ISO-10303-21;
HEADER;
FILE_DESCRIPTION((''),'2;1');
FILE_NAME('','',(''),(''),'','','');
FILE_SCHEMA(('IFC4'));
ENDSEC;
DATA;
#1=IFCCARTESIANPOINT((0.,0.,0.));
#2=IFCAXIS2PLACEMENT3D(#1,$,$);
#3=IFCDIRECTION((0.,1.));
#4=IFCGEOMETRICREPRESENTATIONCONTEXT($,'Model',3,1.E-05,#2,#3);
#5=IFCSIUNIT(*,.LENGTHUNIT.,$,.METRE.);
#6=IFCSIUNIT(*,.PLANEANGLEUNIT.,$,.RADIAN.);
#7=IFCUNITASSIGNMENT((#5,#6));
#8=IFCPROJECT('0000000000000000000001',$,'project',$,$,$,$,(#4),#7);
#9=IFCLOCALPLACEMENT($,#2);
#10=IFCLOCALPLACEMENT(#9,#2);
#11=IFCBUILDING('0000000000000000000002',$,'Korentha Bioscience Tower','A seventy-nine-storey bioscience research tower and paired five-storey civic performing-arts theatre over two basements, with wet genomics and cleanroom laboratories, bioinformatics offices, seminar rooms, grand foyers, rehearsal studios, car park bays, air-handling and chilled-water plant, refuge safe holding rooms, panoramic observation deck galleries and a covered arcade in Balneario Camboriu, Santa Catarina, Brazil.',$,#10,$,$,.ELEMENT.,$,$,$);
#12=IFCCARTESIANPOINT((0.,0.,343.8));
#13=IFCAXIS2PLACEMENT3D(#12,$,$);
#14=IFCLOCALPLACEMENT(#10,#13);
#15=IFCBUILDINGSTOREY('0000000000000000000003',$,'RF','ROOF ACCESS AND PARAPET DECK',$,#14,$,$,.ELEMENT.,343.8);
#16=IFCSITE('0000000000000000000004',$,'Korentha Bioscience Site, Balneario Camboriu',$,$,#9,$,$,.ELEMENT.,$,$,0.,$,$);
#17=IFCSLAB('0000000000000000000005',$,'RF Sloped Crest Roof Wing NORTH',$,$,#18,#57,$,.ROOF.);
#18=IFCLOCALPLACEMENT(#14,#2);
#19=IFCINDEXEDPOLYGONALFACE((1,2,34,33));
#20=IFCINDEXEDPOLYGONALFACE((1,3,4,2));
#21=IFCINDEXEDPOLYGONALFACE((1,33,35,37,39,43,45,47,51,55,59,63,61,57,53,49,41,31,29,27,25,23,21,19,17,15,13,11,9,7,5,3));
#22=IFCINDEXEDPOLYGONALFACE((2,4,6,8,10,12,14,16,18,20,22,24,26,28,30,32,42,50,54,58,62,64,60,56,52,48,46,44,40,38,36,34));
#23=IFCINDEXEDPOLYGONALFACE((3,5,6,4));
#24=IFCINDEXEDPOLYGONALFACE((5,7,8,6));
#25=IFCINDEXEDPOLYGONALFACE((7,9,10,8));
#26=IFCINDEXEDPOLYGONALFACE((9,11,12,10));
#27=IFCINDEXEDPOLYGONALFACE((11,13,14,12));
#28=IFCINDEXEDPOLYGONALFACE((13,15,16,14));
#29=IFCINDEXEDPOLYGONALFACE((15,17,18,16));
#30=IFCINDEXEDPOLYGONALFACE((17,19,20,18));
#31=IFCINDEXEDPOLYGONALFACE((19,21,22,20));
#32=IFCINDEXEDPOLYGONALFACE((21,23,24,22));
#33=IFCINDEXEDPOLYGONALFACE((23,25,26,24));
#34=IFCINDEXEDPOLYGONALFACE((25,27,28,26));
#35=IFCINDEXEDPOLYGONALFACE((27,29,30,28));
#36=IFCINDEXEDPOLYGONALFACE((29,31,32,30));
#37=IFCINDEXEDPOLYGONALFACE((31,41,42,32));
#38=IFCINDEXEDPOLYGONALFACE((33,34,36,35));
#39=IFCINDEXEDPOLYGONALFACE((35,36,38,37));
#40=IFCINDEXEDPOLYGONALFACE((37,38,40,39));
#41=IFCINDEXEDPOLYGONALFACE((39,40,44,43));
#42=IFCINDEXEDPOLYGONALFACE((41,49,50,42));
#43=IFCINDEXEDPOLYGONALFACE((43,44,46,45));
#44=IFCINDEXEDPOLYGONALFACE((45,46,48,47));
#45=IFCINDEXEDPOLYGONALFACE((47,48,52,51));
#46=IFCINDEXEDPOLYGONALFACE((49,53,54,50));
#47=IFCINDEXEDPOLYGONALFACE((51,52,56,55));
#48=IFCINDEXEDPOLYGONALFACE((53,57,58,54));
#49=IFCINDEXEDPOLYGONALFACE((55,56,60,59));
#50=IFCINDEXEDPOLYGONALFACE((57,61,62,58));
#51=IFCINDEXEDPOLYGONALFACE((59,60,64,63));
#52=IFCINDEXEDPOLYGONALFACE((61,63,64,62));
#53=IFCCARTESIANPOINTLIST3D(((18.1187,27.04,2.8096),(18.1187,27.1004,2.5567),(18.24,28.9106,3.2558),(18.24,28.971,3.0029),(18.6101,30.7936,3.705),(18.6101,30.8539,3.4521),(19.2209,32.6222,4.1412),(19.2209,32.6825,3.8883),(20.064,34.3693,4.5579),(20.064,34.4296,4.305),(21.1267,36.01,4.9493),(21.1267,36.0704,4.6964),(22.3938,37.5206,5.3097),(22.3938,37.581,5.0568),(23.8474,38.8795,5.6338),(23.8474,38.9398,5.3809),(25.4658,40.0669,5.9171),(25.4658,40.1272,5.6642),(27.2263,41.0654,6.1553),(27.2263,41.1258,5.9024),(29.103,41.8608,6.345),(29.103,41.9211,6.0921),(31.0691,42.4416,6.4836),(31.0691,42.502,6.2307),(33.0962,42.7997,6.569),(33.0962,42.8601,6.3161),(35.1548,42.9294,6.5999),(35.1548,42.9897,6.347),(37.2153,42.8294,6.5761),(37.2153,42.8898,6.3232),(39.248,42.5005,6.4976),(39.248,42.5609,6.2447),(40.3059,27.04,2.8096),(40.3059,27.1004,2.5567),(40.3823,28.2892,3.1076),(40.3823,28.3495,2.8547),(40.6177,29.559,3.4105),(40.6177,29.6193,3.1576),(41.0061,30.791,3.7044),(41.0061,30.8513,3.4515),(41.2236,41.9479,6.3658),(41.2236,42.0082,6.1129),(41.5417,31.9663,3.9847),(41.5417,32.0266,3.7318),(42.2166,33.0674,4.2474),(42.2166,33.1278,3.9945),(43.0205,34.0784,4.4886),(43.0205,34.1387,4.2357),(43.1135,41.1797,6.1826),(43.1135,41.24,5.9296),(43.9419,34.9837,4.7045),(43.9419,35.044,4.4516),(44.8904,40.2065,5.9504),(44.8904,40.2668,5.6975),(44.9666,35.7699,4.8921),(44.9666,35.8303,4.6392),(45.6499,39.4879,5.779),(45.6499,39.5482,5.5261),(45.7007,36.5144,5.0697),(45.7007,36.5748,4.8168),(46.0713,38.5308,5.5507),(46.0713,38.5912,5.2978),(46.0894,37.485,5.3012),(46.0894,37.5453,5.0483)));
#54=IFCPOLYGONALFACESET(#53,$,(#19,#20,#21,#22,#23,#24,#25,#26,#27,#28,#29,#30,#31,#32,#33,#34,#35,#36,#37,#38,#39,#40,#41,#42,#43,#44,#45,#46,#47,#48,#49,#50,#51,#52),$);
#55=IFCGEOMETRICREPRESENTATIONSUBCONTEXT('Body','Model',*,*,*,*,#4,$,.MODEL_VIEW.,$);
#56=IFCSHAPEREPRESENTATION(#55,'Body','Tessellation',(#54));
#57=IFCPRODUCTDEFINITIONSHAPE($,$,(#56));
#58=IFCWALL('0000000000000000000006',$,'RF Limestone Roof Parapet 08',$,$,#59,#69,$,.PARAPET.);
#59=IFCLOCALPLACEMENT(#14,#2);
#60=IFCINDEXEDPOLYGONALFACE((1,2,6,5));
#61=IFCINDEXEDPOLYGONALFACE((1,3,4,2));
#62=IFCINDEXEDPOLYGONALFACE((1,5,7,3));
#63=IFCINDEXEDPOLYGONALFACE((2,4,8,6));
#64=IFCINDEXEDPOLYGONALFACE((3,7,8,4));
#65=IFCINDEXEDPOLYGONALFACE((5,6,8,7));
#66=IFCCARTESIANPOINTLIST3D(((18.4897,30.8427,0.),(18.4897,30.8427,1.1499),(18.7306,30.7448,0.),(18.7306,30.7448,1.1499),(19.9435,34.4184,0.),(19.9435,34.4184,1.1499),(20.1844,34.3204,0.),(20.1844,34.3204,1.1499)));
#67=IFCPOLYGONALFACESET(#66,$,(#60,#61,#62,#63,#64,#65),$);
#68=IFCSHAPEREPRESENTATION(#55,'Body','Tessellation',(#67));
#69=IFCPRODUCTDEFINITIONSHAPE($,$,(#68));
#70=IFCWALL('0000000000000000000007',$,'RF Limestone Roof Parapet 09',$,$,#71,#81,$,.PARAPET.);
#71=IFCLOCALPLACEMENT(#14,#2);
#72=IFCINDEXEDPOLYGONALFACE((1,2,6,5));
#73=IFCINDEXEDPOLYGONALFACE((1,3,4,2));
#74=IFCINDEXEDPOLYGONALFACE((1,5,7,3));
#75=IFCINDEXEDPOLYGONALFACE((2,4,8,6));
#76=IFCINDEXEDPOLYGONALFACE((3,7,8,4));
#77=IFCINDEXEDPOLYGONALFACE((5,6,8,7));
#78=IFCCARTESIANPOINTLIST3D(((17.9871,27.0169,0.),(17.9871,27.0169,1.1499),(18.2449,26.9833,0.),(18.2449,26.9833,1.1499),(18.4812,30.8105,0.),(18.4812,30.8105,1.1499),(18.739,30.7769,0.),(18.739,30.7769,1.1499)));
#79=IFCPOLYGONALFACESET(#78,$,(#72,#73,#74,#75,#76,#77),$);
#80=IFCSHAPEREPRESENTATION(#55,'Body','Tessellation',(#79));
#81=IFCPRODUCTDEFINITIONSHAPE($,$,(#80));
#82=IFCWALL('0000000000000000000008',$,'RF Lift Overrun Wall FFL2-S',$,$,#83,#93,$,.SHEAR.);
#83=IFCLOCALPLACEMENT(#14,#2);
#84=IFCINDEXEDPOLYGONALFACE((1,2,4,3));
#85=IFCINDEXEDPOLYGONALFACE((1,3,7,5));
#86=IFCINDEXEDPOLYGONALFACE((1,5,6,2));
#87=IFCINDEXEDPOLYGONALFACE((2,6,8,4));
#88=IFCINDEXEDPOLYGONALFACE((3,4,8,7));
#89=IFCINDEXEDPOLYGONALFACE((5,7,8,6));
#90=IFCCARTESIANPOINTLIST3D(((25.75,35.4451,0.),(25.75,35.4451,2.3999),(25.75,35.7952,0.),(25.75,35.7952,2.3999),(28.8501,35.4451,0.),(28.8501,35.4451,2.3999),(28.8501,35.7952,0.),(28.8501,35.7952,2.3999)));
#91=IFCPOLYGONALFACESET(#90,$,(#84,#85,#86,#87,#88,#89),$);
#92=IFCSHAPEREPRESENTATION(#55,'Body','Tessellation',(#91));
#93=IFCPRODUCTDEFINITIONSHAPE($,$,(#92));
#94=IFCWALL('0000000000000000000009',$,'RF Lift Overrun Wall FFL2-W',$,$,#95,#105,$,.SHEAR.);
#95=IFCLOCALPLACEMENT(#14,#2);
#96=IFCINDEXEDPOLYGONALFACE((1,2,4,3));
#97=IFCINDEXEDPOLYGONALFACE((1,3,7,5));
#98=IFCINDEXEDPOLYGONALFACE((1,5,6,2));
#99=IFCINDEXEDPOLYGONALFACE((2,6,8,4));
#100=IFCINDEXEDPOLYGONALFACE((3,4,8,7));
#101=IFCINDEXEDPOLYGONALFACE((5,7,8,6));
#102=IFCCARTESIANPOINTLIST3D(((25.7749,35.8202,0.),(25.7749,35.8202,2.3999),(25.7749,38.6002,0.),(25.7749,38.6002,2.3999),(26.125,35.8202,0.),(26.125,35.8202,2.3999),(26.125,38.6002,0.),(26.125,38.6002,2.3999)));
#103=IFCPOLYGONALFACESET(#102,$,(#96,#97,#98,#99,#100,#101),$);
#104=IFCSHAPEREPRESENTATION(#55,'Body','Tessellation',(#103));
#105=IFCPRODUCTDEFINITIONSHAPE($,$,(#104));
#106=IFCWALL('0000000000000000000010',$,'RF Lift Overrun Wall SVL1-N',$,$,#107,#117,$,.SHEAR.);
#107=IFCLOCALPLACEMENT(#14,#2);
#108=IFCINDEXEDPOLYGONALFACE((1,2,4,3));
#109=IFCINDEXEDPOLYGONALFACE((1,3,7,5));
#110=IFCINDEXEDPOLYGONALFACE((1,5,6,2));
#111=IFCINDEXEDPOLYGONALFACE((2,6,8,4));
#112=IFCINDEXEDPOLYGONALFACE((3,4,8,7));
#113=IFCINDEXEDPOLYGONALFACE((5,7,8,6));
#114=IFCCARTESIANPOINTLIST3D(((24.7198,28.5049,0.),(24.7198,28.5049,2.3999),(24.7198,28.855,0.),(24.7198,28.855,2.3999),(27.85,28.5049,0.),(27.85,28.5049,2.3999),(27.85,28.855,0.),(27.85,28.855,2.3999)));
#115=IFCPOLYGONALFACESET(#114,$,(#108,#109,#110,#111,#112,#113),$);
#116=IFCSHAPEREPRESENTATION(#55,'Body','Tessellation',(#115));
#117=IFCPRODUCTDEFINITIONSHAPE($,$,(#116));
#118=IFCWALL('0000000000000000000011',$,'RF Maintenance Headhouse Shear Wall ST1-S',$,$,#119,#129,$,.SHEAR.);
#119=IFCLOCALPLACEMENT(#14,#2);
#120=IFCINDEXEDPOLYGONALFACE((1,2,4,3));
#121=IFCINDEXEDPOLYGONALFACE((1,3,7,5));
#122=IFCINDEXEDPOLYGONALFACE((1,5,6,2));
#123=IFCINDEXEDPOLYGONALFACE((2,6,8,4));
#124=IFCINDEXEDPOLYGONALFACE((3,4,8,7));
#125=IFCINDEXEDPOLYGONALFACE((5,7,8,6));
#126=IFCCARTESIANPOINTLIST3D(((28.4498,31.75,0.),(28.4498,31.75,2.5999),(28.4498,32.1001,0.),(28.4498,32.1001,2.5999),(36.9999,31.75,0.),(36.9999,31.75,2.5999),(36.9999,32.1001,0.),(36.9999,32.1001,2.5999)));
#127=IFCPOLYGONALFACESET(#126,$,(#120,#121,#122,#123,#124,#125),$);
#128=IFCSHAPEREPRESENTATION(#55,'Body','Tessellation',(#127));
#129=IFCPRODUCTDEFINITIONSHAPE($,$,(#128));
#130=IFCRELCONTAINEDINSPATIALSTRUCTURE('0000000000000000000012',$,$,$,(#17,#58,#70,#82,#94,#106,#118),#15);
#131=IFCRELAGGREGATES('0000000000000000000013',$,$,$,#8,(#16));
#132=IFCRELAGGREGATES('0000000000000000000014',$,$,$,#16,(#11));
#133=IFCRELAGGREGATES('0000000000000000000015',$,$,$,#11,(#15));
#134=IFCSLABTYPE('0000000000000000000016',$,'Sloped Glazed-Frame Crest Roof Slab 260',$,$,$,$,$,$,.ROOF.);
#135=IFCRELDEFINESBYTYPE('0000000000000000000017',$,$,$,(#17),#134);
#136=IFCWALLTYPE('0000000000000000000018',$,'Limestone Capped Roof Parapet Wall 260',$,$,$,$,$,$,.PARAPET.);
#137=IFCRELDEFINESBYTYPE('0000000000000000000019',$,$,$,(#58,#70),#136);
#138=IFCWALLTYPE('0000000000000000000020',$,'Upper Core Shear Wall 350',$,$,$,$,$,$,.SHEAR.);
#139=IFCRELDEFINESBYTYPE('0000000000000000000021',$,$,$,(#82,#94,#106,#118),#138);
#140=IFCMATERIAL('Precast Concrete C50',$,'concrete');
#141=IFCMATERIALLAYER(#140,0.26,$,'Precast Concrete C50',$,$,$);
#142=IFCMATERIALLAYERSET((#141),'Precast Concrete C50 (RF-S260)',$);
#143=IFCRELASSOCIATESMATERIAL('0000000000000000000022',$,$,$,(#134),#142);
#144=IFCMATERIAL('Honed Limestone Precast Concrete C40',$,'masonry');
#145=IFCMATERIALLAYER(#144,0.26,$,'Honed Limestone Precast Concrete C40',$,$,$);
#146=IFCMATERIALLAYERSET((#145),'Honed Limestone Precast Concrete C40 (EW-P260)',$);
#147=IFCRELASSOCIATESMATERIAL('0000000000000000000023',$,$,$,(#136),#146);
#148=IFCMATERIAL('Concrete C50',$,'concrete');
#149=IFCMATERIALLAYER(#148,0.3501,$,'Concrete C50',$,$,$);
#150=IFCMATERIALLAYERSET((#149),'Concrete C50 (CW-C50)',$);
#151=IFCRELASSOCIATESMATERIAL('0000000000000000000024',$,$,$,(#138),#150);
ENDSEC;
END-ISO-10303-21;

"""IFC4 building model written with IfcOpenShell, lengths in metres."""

from ifc_helpers import new_model, si_unit, direction, frame, frame_2d, origin, place, context, subcontext, project, spatial, polyline, rectangle, outline, extrude, material, layer, layer_set, type_object, element, save


model = new_model("IFC4")

# Units and contexts
model_context = context("Model", 3, precision=1e-05, world=origin(), true_north=direction((0.0, 1.0)))
body_context = subcontext(model_context, "Body", "Model", "MODEL_VIEW")
ifc_project = project(units=[si_unit("LENGTHUNIT", "METRE"), si_unit("PLANEANGLEUNIT", "RADIAN")], contexts=[model_context])

# Site, building, storey
site_placement = place(None, origin())
site = spatial("IfcSite", under=ifc_project, at=site_placement, Name="Korentha Bioscience Site, Balneario Camboriu", CompositionType="ELEMENT", RefElevation=0.0)
building_placement = place(site_placement, origin())
building = spatial("IfcBuilding", under=site, at=building_placement, Name="Korentha Bioscience Tower", Description="A seventy-nine-storey bioscience research tower and paired five-storey civic performing-arts theatre over two basements, with wet genomics and cleanroom laboratories, bioinformatics offices, seminar rooms, grand foyers, rehearsal studios, car park bays, air-handling and chilled-water plant, refuge safe holding rooms, panoramic observation deck galleries and a covered arcade in Balneario Camboriu, Santa Catarina, Brazil.", CompositionType="ELEMENT")
storey_placement = place(building_placement, frame((0.0, 0.0, 343.8)))
storey = spatial("IfcBuildingStorey", under=building, at=storey_placement, Name="RF", Description="ROOF ACCESS AND PARAPET DECK", CompositionType="ELEMENT", Elevation=343.8)

# Slab
ifc_material_1 = material(Name="Precast Concrete C50", Category="concrete")
ifc_layer_1 = layer(ifc_material_1, 0.26, Name="Precast Concrete C50")
ifc_layer_set_1 = layer_set([ifc_layer_1], Name="Precast Concrete C50 (RF-S260)")
slab_type = type_object("IfcSlabType", Name="Sloped Glazed-Frame Crest Roof Slab 260", PredefinedType="ROOF", material=ifc_layer_set_1)
slab_placement = place(storey_placement, frame((18.1187, 27.04, 2.8096), z_axis=(-0.000001, -0.232036, 0.972707), x_axis=(1.0, 0.0, 0.000001)))
element("IfcSlab", 1, at=slab_placement, inside=storey, type_object=slab_type, Name="RF Sloped Crest Roof Wing NORTH", PredefinedType="ROOF", context=body_context, shape_type="SweptSolid", body=[
    extrude(outline(polyline([(0.0, 0.0), (22.1873, 0.0), (22.2637, 1.2842), (22.499, 2.5896), (22.8875, 3.8562), (23.4231, 5.0645), (24.0979, 6.1965), (24.9019, 7.2358), (25.8232, 8.1665), (26.8479, 8.9749), (27.582, 9.7402), (27.9707, 10.738), (27.9526, 11.8132), (27.5312, 12.7971), (26.7717, 13.5359), (24.9949, 14.5364), (23.105, 15.3262), (21.1294, 15.8943), (19.0967, 16.2324), (17.0361, 16.3352), (14.9775, 16.2019), (12.9504, 15.8337), (10.9844, 15.2366), (9.1077, 14.4189), (7.3472, 13.3923), (5.7288, 12.1716), (4.2751, 10.7747), (3.0081, 9.2217), (1.9453, 7.5349), (1.1023, 5.7388), (0.4915, 3.8589), (0.1213, 1.9231), (0.0, 0.0)])), origin(), (0.0, 0.0, -1.0), 0.26),
])

# Walls
ifc_material_2 = material(Name="Honed Limestone Precast Concrete C40", Category="masonry")
ifc_layer_2 = layer(ifc_material_2, 0.26, Name="Honed Limestone Precast Concrete C40")
ifc_layer_set_2 = layer_set([ifc_layer_2], Name="Honed Limestone Precast Concrete C40 (EW-P260)")
wall_type_1 = type_object("IfcWallType", Name="Limestone Capped Roof Parapet Wall 260", PredefinedType="PARAPET", material=ifc_layer_set_2)
wall_1_placement = place(storey_placement, frame((20.064, 34.3694, 0.0), z_axis=(0.0, 0.0, 1.0), x_axis=(-0.376652, -0.926355, 0.0)))
element("IfcWall", 2, at=wall_1_placement, inside=storey, type_object=wall_type_1, Name="RF Limestone Roof Parapet 08", PredefinedType="PARAPET", context=body_context, shape_type="SweptSolid", body=[
    extrude(rectangle(XDim=3.8599, YDim=0.26, at=frame_2d((1.9299, 0.0))), origin(), (0.0, 0.0, 1.0), 1.1499),
])
wall_2_placement = place(storey_placement, frame((18.6101, 30.7937, 0.0), z_axis=(0.0, 0.0, 1.0), x_axis=(-0.129162, -0.991624, 0.0)))
element("IfcWall", 3, at=wall_2_placement, inside=storey, type_object=wall_type_1, Name="RF Limestone Roof Parapet 09", PredefinedType="PARAPET", context=body_context, shape_type="SweptSolid", body=[
    extrude(rectangle(XDim=3.8257, YDim=0.26, at=frame_2d((1.9128, 0.0))), origin(), (0.0, 0.0, 1.0), 1.1499),
])
ifc_material_3 = material(Name="Concrete C50", Category="concrete")
ifc_layer_3 = layer(ifc_material_3, 0.3501, Name="Concrete C50")
ifc_layer_set_3 = layer_set([ifc_layer_3], Name="Concrete C50 (CW-C50)")
wall_type_2 = type_object("IfcWallType", Name="Upper Core Shear Wall 350", PredefinedType="SHEAR", material=ifc_layer_set_3)
wall_3_placement = place(storey_placement, frame((25.75, 35.6201, 0.0), z_axis=(0.0, 0.0, 1.0), x_axis=(1.0, 0.0, 0.0)))
element("IfcWall", 4, at=wall_3_placement, inside=storey, type_object=wall_type_2, Name="RF Lift Overrun Wall FFL2-S", PredefinedType="SHEAR", context=body_context, shape_type="SweptSolid", body=[
    extrude(rectangle(XDim=3.1001, YDim=0.3501, at=frame_2d((1.55, 0.0))), origin(), (0.0, 0.0, 1.0), 2.3999),
])
wall_4_placement = place(storey_placement, frame((25.95, 35.8201, 0.0), z_axis=(0.0, 0.0, 1.0), x_axis=(0.0, 1.0, 0.0)))
element("IfcWall", 5, at=wall_4_placement, inside=storey, type_object=wall_type_2, Name="RF Lift Overrun Wall FFL2-W", PredefinedType="SHEAR", context=body_context, shape_type="SweptSolid", body=[
    extrude(rectangle(XDim=2.78, YDim=0.3501, at=frame_2d((1.3901, 0.0))), origin(), (0.0, 0.0, 1.0), 2.3999),
])
wall_5_placement = place(storey_placement, frame((24.72, 28.6799, 0.0), z_axis=(0.0, 0.0, 1.0), x_axis=(1.0, 0.0, 0.0)))
element("IfcWall", 6, at=wall_5_placement, inside=storey, type_object=wall_type_2, Name="RF Lift Overrun Wall SVL1-N", PredefinedType="SHEAR", context=body_context, shape_type="SweptSolid", body=[
    extrude(rectangle(XDim=3.1301, YDim=0.3501, at=frame_2d((1.5649, 0.0))), origin(), (0.0, 0.0, 1.0), 2.3999),
])
wall_6_placement = place(storey_placement, frame((28.45, 31.925, 0.0), z_axis=(0.0, 0.0, 1.0), x_axis=(1.0, 0.0, 0.0)))
element("IfcWall", 7, at=wall_6_placement, inside=storey, type_object=wall_type_2, Name="RF Maintenance Headhouse Shear Wall ST1-S", PredefinedType="SHEAR", context=body_context, shape_type="SweptSolid", body=[
    extrude(rectangle(XDim=8.55, YDim=0.3501, at=frame_2d((4.2749, 0.0))), origin(), (0.0, 0.0, 1.0), 2.5999),
])

save(model, "model.ifc")
